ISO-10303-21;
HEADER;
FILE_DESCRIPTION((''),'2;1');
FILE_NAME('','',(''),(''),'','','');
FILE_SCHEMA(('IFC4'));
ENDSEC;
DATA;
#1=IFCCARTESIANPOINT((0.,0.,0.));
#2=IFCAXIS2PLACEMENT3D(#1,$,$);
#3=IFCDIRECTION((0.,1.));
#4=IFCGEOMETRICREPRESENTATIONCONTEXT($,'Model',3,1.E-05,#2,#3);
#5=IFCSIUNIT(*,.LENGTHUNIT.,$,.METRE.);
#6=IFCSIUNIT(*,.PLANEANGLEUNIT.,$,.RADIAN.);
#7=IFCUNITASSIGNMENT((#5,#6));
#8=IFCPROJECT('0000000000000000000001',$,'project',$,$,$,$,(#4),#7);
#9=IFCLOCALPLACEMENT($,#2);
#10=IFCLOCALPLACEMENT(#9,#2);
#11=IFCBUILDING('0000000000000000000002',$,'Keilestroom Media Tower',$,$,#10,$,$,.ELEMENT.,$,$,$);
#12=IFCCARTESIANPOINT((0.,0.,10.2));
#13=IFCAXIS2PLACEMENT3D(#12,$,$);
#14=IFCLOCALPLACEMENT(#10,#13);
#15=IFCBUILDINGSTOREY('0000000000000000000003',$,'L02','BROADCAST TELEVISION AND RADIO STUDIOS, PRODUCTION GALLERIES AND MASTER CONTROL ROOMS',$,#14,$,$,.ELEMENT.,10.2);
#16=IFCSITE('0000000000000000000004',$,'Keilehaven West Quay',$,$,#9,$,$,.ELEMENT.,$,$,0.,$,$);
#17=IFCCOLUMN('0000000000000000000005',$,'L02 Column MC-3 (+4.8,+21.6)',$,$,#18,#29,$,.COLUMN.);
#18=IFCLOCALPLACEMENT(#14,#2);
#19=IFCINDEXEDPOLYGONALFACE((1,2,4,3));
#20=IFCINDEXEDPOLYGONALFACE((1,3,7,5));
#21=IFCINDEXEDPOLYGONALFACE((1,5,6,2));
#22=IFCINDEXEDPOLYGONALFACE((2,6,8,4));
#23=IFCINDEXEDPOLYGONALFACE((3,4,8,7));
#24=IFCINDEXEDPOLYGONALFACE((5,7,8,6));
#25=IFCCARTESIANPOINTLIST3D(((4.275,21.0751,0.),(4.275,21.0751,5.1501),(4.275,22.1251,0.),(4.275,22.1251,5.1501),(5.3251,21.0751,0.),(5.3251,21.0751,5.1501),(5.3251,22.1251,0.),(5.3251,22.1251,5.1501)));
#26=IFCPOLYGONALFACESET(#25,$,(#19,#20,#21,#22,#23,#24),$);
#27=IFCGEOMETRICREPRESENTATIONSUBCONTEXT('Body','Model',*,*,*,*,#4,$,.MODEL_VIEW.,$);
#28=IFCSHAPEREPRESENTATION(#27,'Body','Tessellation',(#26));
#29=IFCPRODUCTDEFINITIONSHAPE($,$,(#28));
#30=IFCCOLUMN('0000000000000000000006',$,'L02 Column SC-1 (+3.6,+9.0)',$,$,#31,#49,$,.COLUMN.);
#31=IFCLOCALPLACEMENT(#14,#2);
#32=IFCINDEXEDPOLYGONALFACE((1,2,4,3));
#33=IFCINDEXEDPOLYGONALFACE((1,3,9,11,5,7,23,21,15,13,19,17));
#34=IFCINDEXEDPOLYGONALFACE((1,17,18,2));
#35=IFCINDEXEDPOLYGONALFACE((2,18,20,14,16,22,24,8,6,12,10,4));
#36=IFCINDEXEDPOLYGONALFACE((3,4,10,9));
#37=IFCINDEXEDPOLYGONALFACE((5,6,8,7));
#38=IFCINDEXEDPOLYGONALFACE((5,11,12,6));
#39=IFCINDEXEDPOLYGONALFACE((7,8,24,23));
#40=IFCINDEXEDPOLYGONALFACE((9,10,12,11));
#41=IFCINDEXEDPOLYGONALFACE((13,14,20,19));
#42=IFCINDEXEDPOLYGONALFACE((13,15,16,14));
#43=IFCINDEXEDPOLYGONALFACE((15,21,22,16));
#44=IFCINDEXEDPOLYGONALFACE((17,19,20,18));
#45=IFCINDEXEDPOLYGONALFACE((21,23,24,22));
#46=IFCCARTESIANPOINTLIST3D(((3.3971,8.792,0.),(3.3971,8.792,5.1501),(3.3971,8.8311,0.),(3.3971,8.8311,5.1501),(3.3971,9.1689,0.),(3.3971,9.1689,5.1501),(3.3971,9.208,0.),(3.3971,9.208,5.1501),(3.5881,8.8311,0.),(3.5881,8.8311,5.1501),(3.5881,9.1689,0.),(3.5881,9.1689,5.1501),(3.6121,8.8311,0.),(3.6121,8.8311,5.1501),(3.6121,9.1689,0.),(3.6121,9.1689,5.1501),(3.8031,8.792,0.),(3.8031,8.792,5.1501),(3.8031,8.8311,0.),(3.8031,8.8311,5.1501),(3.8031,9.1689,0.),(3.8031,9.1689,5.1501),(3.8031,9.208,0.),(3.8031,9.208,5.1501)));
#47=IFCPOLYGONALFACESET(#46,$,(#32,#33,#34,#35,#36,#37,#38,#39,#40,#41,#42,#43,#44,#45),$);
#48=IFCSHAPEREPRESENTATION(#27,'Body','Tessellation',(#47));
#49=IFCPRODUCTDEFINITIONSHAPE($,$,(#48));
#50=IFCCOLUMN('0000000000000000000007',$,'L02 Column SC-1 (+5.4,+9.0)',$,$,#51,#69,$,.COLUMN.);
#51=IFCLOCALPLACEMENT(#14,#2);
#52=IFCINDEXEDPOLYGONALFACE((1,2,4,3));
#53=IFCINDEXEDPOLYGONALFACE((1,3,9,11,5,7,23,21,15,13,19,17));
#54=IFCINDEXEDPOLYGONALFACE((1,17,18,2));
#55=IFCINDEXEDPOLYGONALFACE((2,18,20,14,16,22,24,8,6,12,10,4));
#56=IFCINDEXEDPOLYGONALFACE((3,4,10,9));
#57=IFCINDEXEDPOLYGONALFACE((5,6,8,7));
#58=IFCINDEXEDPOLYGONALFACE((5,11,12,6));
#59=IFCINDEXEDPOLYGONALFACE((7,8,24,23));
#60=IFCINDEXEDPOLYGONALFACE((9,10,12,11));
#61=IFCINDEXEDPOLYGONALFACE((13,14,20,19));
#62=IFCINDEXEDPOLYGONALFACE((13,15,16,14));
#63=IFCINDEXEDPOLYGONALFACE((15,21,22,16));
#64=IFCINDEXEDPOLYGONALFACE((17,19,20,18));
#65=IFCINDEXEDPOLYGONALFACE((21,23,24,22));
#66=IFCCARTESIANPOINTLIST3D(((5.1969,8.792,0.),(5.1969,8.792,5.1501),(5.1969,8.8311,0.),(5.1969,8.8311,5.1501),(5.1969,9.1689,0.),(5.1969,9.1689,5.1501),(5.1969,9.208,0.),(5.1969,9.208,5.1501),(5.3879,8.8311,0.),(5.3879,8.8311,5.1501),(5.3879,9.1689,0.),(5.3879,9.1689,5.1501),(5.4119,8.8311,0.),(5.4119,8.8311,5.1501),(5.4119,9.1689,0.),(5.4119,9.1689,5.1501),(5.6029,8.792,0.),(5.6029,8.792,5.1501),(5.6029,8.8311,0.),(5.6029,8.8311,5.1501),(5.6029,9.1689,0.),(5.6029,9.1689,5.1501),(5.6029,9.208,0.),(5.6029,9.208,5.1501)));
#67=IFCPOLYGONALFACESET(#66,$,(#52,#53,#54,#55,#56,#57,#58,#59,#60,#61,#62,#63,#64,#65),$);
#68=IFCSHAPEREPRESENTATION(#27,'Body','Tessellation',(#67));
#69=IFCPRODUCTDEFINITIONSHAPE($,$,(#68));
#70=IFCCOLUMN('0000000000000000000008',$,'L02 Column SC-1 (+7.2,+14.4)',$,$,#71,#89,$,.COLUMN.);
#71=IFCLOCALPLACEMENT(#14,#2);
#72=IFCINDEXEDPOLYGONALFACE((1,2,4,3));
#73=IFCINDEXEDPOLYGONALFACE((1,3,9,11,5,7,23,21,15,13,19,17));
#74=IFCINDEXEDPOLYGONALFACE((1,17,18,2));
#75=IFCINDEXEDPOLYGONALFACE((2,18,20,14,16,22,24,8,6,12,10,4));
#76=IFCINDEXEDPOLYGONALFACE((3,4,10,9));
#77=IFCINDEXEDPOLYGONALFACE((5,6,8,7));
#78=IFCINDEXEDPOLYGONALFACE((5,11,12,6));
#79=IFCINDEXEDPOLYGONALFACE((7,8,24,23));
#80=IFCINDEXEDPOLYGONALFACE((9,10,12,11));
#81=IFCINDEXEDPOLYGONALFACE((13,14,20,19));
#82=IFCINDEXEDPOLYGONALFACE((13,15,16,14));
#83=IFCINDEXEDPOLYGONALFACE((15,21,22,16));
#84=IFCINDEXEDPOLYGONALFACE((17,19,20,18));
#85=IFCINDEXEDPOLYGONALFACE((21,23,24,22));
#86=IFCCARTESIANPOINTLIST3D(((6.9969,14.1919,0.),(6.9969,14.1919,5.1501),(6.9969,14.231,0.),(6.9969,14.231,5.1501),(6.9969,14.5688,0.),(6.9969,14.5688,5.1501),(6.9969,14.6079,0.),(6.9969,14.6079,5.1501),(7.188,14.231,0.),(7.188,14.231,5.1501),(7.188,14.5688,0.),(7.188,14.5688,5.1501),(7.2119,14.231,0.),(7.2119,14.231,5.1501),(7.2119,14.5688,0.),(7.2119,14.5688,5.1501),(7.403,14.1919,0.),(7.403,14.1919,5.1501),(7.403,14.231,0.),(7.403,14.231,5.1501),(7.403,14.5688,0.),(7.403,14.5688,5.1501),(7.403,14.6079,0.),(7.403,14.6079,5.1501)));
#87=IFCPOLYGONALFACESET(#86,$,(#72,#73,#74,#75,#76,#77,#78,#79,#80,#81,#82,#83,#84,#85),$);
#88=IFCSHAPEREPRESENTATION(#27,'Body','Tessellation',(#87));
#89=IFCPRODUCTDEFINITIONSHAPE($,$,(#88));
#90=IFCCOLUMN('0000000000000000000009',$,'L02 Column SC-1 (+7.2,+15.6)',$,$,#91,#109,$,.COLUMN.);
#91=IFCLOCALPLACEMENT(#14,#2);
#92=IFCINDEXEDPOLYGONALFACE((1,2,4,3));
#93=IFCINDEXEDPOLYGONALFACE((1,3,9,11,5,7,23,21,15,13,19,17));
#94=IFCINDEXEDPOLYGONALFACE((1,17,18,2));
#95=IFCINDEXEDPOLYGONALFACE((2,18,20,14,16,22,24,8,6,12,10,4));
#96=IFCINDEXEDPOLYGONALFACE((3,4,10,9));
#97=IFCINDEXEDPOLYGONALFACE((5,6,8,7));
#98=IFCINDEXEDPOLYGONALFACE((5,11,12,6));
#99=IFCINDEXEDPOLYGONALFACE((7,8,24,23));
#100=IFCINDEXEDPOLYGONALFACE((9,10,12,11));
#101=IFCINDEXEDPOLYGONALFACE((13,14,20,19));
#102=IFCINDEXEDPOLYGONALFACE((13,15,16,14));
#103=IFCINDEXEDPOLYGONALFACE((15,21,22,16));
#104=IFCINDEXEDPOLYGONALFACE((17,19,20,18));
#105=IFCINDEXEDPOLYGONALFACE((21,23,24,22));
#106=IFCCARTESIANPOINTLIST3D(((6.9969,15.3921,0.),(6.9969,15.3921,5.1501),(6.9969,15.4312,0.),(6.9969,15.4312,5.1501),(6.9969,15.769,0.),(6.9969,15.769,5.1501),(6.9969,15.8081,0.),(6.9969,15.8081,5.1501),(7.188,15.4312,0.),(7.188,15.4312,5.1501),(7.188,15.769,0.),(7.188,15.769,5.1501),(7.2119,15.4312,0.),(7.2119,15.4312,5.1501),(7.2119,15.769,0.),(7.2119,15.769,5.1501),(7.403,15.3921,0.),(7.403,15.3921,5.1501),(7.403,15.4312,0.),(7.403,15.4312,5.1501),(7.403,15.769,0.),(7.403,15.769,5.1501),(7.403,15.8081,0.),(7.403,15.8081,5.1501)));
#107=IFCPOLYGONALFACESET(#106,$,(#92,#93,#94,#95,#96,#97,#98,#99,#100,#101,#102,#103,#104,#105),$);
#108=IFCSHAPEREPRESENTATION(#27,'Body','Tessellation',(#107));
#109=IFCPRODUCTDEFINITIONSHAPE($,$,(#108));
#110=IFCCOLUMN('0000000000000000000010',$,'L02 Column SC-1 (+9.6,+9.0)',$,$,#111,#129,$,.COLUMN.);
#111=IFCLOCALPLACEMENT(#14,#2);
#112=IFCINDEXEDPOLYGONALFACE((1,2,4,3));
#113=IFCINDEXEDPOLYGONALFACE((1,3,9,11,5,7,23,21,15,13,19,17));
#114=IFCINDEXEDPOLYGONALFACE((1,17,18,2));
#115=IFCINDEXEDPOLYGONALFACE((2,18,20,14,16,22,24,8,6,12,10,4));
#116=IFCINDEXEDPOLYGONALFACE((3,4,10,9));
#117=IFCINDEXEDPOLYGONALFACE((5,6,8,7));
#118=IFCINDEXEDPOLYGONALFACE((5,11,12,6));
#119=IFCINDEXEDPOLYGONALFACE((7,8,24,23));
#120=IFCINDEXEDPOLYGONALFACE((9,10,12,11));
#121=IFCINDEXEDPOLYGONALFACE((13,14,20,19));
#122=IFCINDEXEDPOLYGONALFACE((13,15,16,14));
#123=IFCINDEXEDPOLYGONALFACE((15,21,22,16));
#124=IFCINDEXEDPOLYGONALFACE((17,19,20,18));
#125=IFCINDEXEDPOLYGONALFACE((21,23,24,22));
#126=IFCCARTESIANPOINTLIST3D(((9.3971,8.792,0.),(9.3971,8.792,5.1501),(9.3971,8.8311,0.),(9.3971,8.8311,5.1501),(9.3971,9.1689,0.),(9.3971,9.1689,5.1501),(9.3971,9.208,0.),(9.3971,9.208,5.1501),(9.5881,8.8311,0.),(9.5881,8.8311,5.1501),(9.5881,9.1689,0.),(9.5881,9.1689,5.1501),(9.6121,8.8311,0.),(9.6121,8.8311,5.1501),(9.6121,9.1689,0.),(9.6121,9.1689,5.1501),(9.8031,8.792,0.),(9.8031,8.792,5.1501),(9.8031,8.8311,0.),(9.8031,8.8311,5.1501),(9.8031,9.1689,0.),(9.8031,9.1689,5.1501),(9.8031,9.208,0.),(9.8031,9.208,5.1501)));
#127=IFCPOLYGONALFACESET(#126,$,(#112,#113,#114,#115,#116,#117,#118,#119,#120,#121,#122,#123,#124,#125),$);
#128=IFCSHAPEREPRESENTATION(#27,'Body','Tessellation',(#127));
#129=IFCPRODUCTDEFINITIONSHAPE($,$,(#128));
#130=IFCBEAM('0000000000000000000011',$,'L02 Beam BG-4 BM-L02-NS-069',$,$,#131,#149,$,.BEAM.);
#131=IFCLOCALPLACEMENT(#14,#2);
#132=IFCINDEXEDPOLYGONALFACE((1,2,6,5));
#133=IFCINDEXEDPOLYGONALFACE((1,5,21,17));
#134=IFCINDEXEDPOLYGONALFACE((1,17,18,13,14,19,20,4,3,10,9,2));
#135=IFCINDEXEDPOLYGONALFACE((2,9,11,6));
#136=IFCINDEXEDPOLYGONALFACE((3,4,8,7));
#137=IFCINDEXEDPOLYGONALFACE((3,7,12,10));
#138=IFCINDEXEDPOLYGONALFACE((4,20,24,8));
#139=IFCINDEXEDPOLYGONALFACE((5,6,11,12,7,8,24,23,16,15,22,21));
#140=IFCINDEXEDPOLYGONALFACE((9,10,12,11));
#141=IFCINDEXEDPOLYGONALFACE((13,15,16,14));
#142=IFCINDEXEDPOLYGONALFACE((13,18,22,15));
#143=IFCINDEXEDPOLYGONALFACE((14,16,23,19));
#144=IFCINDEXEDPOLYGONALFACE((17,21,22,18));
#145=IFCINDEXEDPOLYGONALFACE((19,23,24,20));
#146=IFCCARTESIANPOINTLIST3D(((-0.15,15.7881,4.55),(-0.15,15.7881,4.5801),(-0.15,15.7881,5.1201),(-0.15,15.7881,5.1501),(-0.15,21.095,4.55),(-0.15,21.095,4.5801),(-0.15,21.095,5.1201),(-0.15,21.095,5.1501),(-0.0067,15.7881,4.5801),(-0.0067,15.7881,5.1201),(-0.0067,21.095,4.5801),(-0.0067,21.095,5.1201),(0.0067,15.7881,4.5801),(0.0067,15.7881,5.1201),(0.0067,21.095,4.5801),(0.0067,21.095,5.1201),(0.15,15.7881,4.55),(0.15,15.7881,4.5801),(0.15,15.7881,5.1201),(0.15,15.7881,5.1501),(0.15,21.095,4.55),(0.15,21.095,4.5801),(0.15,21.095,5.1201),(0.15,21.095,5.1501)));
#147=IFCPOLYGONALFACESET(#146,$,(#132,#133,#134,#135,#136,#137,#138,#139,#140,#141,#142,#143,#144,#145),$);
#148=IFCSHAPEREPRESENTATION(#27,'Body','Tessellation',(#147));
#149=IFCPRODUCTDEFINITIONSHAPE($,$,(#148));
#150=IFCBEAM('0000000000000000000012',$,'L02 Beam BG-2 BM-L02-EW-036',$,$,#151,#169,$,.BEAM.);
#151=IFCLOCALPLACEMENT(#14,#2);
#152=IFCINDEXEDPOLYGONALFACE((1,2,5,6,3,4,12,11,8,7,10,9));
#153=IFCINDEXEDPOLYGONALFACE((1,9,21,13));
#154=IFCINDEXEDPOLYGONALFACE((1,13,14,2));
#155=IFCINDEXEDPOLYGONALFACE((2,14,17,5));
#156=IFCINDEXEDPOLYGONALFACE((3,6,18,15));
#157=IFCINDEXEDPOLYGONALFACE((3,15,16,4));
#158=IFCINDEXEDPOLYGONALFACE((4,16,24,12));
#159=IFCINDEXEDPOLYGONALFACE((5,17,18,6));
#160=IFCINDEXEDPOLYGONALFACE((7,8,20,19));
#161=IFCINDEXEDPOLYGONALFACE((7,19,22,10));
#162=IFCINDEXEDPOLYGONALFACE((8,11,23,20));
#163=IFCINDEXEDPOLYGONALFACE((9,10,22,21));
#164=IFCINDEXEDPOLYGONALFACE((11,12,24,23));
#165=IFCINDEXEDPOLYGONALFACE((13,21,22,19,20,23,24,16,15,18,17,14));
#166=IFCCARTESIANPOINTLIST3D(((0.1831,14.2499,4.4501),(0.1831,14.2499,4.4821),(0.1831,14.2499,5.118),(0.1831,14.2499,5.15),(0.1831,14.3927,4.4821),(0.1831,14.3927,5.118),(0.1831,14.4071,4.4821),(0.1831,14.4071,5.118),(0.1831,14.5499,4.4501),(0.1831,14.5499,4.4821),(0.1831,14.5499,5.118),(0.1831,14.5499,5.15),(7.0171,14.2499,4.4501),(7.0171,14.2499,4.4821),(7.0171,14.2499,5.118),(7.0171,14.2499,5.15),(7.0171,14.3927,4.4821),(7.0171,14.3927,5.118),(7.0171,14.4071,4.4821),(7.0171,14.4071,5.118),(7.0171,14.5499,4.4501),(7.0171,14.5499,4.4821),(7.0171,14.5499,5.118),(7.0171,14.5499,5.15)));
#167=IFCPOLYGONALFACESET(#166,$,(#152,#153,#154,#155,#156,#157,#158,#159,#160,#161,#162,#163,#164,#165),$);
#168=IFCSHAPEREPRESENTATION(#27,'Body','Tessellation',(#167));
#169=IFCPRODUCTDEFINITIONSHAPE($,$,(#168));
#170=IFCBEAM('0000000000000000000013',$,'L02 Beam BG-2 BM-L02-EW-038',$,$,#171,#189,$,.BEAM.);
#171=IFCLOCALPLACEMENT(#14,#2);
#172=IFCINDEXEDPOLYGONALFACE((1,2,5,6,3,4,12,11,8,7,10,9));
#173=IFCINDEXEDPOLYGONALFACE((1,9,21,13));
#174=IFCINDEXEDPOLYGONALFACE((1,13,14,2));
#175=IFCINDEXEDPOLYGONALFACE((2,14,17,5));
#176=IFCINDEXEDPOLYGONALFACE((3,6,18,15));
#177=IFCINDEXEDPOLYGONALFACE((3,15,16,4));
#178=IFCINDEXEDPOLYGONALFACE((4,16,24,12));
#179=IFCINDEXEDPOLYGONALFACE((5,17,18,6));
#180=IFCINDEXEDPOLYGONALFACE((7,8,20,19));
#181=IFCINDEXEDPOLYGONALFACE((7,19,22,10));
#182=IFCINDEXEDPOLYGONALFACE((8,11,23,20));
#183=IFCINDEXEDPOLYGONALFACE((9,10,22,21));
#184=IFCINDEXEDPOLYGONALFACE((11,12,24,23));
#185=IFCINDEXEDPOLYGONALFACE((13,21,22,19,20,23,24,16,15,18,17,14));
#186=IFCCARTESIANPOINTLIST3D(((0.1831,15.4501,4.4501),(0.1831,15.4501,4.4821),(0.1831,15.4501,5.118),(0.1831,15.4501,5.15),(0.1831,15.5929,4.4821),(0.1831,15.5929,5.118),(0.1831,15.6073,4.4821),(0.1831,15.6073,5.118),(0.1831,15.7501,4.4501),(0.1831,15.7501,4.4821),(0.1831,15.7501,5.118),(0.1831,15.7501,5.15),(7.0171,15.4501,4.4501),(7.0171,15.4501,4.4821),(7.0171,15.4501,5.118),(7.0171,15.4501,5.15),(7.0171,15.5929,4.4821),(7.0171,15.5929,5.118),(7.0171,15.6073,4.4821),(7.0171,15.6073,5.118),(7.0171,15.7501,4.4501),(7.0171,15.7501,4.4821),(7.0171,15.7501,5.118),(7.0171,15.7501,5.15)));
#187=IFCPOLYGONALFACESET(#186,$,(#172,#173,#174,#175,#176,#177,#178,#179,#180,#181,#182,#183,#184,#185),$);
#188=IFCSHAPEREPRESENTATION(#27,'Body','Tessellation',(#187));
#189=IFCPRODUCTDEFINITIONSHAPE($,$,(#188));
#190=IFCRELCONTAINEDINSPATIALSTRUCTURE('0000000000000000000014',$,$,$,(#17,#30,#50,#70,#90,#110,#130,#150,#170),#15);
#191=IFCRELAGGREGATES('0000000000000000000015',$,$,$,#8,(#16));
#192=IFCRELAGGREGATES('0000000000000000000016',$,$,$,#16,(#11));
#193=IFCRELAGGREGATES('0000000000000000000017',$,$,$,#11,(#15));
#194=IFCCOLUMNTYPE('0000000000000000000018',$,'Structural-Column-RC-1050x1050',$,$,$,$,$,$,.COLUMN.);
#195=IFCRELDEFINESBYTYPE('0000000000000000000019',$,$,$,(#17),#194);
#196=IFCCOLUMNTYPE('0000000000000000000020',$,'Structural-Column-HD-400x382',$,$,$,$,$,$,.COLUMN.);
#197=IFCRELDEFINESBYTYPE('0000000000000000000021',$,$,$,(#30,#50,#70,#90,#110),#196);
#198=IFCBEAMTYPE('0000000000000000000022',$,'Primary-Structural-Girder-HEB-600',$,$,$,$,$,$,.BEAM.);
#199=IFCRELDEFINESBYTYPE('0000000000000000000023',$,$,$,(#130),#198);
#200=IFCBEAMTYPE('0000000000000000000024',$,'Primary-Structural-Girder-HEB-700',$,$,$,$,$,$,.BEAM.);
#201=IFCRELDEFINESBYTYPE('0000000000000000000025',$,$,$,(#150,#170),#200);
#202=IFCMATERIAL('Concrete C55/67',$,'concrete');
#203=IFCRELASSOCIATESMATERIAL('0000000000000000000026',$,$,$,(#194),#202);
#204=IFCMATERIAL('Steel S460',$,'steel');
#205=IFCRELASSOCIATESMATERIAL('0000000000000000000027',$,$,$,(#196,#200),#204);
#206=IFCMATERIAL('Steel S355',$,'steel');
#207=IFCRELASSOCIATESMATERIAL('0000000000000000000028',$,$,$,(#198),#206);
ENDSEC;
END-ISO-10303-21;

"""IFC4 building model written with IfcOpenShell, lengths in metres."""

from ifc_helpers import new_model, si_unit, direction, frame, origin, origin_2d, place, context, subcontext, project, spatial, rectangle, i_section, extrude, source, transform, mapped, material, material_profile, profile_set, type_object, element, save


model = new_model("IFC4")

# Units and contexts
model_context = context("Model", 3, precision=1e-05, world=origin(), true_north=direction((0.0, 1.0)))
body_context = subcontext(model_context, "Body", "Model", "MODEL_VIEW")
ifc_project = project(units=[si_unit("LENGTHUNIT", "METRE"), si_unit("PLANEANGLEUNIT", "RADIAN")], contexts=[model_context])

# Site, building, storey
site_placement = place(None, origin())
site = spatial("IfcSite", under=ifc_project, at=site_placement, Name="Keilehaven West Quay", CompositionType="ELEMENT", RefElevation=0.0)
building_placement = place(site_placement, origin())
building = spatial("IfcBuilding", under=site, at=building_placement, Name="Keilestroom Media Tower", CompositionType="ELEMENT")
storey_placement = place(building_placement, frame((0.0, 0.0, 10.2)))
storey = spatial("IfcBuildingStorey", under=building, at=storey_placement, Name="L02", Description="BROADCAST TELEVISION AND RADIO STUDIOS, PRODUCTION GALLERIES AND MASTER CONTROL ROOMS", CompositionType="ELEMENT", Elevation=10.2)

# Columns
ifc_material_1 = material(Name="Concrete C55/67", Category="concrete")
ifc_material_profile_1 = material_profile(ifc_material_1, rectangle(XDim=1.05, YDim=1.05, at=origin_2d()), Name="RC 1050x1050")
ifc_profile_set_1 = profile_set([ifc_material_profile_1], Name="Concrete C55/67")
column_type_1 = type_object("IfcColumnType", Name="Structural-Column-RC-1050x1050", PredefinedType="COLUMN", material=ifc_profile_set_1)
shared_shape_1 = source(origin(), body_context, "Body", "SweptSolid", [
    extrude(rectangle(XDim=1.05, YDim=1.05, at=origin_2d()), origin(), (0.0, 0.0, 1.0), 5.1501),
])
column_placement = place(storey_placement, frame((4.8, 21.6001, 0.0), z_axis=(0.0, 0.0, 1.0), x_axis=(1.0, 0.0, 0.0)))
element("IfcColumn", 1, at=column_placement, inside=storey, type_object=column_type_1, Name="L02 Column MC-3 (+4.8,+21.6)", PredefinedType="COLUMN", context=body_context, shape_type="MappedRepresentation", body=[
    mapped(shared_shape_1, transform((0.0, 0.0, 0.0), x_axis=(1.0, 0.0, 0.0), y_axis=(0.0, 1.0, 0.0), z_axis=(0.0, 0.0, 1.0), scale=1.0)),
])
ifc_material_2 = material(Name="Steel S460", Category="steel")
ifc_material_profile_2 = material_profile(ifc_material_2, i_section(OverallWidth=0.406, OverallDepth=0.416, WebThickness=0.0239, FlangeThickness=0.0391, at=origin_2d()), Name="HD 400x382")
ifc_profile_set_2 = profile_set([ifc_material_profile_2], Name="Steel S460")
column_type_2 = type_object("IfcColumnType", Name="Structural-Column-HD-400x382", PredefinedType="COLUMN", material=ifc_profile_set_2)
shared_shape_2 = source(origin(), body_context, "Body", "SweptSolid", [
    extrude(i_section(OverallWidth=0.406, OverallDepth=0.416, WebThickness=0.0239, FlangeThickness=0.0391, at=origin_2d()), origin(), (0.0, 0.0, 1.0), 5.1501),
])
for number, where, z_axis, x_axis, name in (
    (2, (3.6001, 9.0, 0.0), (0.0, 0.0, 1.0), (1.0, 0.0, 0.0), "L02 Column SC-1 (+3.6,+9.0)"),
    (3, (5.3999, 9.0, 0.0), (0.0, 0.0, 1.0), (1.0, 0.0, 0.0), "L02 Column SC-1 (+5.4,+9.0)"),
    (4, (7.2, 14.3999, 0.0), (0.0, 0.0, 1.0), (1.0, 0.0, 0.0), "L02 Column SC-1 (+7.2,+14.4)"),
    (5, (7.2, 15.6001, 0.0), (0.0, 0.0, 1.0), (1.0, 0.0, 0.0), "L02 Column SC-1 (+7.2,+15.6)"),
    (6, (9.6001, 9.0, 0.0), (0.0, 0.0, 1.0), (1.0, 0.0, 0.0), "L02 Column SC-1 (+9.6,+9.0)"),
):
    element("IfcColumn", number, at=place(storey_placement, frame(where, z_axis=z_axis, x_axis=x_axis)), inside=storey, type_object=column_type_2, Name=name, PredefinedType="COLUMN", context=body_context, shape_type="MappedRepresentation", body=[
        mapped(shared_shape_2, transform((0.0, 0.0, 0.0), x_axis=(1.0, 0.0, 0.0), y_axis=(0.0, 1.0, 0.0), z_axis=(0.0, 0.0, 1.0), scale=1.0)),
    ])

# Beams
ifc_material_3 = material(Name="Steel S355", Category="steel")
ifc_material_profile_3 = material_profile(ifc_material_3, i_section(OverallWidth=0.3, OverallDepth=0.6001, WebThickness=0.0134, FlangeThickness=0.03, at=origin_2d()), Name="HEB 600")
ifc_profile_set_3 = profile_set([ifc_material_profile_3], Name="Steel S355")
beam_type_1 = type_object("IfcBeamType", Name="Primary-Structural-Girder-HEB-600", PredefinedType="BEAM", material=ifc_profile_set_3)
shared_shape_3 = source(origin(), body_context, "Body", "SweptSolid", [
    extrude(i_section(OverallWidth=0.3, OverallDepth=0.6001, WebThickness=0.0134, FlangeThickness=0.03, at=origin_2d()), origin(), (0.0, 0.0, 1.0), 5.3069),
])
beam_1_placement = place(storey_placement, frame((0.0, 15.7881, 4.8501), z_axis=(0.0, 1.0, 0.0), x_axis=(-1.0, 0.0, 0.0)))
element("IfcBeam", 7, at=beam_1_placement, inside=storey, type_object=beam_type_1, Name="L02 Beam BG-4 BM-L02-NS-069", PredefinedType="BEAM", context=body_context, shape_type="MappedRepresentation", body=[
    mapped(shared_shape_3, transform((0.0, 0.0, 0.0), x_axis=(1.0, 0.0, 0.0), y_axis=(0.0, 1.0, 0.0), z_axis=(0.0, 0.0, 1.0), scale=1.0)),
])
ifc_material_profile_4 = material_profile(ifc_material_2, i_section(OverallWidth=0.3, OverallDepth=0.7, WebThickness=0.0144, FlangeThickness=0.032, at=origin_2d()), Name="HEB 700")
ifc_profile_set_4 = profile_set([ifc_material_profile_4], Name="Steel S460")
beam_type_2 = type_object("IfcBeamType", Name="Primary-Structural-Girder-HEB-700", PredefinedType="BEAM", material=ifc_profile_set_4)
shared_shape_4 = source(origin(), body_context, "Body", "SweptSolid", [
    extrude(i_section(OverallWidth=0.3, OverallDepth=0.7, WebThickness=0.0144, FlangeThickness=0.032, at=origin_2d()), origin(), (0.0, 0.0, 1.0), 6.834),
])
for number, where, z_axis, x_axis, name in (
    (8, (0.1831, 14.3999, 4.8), (1.0, 0.0, 0.0), (0.0, 1.0, 0.0), "L02 Beam BG-2 BM-L02-EW-036"),
    (9, (0.1831, 15.6001, 4.8), (1.0, 0.0, 0.0), (0.0, 1.0, 0.0), "L02 Beam BG-2 BM-L02-EW-038"),
):
    element("IfcBeam", number, at=place(storey_placement, frame(where, z_axis=z_axis, x_axis=x_axis)), inside=storey, type_object=beam_type_2, Name=name, PredefinedType="BEAM", context=body_context, shape_type="MappedRepresentation", body=[
        mapped(shared_shape_4, transform((0.0, 0.0, 0.0), x_axis=(1.0, 0.0, 0.0), y_axis=(0.0, 1.0, 0.0), z_axis=(0.0, 0.0, 1.0), scale=1.0)),
    ])

save(model, "model.ifc")
